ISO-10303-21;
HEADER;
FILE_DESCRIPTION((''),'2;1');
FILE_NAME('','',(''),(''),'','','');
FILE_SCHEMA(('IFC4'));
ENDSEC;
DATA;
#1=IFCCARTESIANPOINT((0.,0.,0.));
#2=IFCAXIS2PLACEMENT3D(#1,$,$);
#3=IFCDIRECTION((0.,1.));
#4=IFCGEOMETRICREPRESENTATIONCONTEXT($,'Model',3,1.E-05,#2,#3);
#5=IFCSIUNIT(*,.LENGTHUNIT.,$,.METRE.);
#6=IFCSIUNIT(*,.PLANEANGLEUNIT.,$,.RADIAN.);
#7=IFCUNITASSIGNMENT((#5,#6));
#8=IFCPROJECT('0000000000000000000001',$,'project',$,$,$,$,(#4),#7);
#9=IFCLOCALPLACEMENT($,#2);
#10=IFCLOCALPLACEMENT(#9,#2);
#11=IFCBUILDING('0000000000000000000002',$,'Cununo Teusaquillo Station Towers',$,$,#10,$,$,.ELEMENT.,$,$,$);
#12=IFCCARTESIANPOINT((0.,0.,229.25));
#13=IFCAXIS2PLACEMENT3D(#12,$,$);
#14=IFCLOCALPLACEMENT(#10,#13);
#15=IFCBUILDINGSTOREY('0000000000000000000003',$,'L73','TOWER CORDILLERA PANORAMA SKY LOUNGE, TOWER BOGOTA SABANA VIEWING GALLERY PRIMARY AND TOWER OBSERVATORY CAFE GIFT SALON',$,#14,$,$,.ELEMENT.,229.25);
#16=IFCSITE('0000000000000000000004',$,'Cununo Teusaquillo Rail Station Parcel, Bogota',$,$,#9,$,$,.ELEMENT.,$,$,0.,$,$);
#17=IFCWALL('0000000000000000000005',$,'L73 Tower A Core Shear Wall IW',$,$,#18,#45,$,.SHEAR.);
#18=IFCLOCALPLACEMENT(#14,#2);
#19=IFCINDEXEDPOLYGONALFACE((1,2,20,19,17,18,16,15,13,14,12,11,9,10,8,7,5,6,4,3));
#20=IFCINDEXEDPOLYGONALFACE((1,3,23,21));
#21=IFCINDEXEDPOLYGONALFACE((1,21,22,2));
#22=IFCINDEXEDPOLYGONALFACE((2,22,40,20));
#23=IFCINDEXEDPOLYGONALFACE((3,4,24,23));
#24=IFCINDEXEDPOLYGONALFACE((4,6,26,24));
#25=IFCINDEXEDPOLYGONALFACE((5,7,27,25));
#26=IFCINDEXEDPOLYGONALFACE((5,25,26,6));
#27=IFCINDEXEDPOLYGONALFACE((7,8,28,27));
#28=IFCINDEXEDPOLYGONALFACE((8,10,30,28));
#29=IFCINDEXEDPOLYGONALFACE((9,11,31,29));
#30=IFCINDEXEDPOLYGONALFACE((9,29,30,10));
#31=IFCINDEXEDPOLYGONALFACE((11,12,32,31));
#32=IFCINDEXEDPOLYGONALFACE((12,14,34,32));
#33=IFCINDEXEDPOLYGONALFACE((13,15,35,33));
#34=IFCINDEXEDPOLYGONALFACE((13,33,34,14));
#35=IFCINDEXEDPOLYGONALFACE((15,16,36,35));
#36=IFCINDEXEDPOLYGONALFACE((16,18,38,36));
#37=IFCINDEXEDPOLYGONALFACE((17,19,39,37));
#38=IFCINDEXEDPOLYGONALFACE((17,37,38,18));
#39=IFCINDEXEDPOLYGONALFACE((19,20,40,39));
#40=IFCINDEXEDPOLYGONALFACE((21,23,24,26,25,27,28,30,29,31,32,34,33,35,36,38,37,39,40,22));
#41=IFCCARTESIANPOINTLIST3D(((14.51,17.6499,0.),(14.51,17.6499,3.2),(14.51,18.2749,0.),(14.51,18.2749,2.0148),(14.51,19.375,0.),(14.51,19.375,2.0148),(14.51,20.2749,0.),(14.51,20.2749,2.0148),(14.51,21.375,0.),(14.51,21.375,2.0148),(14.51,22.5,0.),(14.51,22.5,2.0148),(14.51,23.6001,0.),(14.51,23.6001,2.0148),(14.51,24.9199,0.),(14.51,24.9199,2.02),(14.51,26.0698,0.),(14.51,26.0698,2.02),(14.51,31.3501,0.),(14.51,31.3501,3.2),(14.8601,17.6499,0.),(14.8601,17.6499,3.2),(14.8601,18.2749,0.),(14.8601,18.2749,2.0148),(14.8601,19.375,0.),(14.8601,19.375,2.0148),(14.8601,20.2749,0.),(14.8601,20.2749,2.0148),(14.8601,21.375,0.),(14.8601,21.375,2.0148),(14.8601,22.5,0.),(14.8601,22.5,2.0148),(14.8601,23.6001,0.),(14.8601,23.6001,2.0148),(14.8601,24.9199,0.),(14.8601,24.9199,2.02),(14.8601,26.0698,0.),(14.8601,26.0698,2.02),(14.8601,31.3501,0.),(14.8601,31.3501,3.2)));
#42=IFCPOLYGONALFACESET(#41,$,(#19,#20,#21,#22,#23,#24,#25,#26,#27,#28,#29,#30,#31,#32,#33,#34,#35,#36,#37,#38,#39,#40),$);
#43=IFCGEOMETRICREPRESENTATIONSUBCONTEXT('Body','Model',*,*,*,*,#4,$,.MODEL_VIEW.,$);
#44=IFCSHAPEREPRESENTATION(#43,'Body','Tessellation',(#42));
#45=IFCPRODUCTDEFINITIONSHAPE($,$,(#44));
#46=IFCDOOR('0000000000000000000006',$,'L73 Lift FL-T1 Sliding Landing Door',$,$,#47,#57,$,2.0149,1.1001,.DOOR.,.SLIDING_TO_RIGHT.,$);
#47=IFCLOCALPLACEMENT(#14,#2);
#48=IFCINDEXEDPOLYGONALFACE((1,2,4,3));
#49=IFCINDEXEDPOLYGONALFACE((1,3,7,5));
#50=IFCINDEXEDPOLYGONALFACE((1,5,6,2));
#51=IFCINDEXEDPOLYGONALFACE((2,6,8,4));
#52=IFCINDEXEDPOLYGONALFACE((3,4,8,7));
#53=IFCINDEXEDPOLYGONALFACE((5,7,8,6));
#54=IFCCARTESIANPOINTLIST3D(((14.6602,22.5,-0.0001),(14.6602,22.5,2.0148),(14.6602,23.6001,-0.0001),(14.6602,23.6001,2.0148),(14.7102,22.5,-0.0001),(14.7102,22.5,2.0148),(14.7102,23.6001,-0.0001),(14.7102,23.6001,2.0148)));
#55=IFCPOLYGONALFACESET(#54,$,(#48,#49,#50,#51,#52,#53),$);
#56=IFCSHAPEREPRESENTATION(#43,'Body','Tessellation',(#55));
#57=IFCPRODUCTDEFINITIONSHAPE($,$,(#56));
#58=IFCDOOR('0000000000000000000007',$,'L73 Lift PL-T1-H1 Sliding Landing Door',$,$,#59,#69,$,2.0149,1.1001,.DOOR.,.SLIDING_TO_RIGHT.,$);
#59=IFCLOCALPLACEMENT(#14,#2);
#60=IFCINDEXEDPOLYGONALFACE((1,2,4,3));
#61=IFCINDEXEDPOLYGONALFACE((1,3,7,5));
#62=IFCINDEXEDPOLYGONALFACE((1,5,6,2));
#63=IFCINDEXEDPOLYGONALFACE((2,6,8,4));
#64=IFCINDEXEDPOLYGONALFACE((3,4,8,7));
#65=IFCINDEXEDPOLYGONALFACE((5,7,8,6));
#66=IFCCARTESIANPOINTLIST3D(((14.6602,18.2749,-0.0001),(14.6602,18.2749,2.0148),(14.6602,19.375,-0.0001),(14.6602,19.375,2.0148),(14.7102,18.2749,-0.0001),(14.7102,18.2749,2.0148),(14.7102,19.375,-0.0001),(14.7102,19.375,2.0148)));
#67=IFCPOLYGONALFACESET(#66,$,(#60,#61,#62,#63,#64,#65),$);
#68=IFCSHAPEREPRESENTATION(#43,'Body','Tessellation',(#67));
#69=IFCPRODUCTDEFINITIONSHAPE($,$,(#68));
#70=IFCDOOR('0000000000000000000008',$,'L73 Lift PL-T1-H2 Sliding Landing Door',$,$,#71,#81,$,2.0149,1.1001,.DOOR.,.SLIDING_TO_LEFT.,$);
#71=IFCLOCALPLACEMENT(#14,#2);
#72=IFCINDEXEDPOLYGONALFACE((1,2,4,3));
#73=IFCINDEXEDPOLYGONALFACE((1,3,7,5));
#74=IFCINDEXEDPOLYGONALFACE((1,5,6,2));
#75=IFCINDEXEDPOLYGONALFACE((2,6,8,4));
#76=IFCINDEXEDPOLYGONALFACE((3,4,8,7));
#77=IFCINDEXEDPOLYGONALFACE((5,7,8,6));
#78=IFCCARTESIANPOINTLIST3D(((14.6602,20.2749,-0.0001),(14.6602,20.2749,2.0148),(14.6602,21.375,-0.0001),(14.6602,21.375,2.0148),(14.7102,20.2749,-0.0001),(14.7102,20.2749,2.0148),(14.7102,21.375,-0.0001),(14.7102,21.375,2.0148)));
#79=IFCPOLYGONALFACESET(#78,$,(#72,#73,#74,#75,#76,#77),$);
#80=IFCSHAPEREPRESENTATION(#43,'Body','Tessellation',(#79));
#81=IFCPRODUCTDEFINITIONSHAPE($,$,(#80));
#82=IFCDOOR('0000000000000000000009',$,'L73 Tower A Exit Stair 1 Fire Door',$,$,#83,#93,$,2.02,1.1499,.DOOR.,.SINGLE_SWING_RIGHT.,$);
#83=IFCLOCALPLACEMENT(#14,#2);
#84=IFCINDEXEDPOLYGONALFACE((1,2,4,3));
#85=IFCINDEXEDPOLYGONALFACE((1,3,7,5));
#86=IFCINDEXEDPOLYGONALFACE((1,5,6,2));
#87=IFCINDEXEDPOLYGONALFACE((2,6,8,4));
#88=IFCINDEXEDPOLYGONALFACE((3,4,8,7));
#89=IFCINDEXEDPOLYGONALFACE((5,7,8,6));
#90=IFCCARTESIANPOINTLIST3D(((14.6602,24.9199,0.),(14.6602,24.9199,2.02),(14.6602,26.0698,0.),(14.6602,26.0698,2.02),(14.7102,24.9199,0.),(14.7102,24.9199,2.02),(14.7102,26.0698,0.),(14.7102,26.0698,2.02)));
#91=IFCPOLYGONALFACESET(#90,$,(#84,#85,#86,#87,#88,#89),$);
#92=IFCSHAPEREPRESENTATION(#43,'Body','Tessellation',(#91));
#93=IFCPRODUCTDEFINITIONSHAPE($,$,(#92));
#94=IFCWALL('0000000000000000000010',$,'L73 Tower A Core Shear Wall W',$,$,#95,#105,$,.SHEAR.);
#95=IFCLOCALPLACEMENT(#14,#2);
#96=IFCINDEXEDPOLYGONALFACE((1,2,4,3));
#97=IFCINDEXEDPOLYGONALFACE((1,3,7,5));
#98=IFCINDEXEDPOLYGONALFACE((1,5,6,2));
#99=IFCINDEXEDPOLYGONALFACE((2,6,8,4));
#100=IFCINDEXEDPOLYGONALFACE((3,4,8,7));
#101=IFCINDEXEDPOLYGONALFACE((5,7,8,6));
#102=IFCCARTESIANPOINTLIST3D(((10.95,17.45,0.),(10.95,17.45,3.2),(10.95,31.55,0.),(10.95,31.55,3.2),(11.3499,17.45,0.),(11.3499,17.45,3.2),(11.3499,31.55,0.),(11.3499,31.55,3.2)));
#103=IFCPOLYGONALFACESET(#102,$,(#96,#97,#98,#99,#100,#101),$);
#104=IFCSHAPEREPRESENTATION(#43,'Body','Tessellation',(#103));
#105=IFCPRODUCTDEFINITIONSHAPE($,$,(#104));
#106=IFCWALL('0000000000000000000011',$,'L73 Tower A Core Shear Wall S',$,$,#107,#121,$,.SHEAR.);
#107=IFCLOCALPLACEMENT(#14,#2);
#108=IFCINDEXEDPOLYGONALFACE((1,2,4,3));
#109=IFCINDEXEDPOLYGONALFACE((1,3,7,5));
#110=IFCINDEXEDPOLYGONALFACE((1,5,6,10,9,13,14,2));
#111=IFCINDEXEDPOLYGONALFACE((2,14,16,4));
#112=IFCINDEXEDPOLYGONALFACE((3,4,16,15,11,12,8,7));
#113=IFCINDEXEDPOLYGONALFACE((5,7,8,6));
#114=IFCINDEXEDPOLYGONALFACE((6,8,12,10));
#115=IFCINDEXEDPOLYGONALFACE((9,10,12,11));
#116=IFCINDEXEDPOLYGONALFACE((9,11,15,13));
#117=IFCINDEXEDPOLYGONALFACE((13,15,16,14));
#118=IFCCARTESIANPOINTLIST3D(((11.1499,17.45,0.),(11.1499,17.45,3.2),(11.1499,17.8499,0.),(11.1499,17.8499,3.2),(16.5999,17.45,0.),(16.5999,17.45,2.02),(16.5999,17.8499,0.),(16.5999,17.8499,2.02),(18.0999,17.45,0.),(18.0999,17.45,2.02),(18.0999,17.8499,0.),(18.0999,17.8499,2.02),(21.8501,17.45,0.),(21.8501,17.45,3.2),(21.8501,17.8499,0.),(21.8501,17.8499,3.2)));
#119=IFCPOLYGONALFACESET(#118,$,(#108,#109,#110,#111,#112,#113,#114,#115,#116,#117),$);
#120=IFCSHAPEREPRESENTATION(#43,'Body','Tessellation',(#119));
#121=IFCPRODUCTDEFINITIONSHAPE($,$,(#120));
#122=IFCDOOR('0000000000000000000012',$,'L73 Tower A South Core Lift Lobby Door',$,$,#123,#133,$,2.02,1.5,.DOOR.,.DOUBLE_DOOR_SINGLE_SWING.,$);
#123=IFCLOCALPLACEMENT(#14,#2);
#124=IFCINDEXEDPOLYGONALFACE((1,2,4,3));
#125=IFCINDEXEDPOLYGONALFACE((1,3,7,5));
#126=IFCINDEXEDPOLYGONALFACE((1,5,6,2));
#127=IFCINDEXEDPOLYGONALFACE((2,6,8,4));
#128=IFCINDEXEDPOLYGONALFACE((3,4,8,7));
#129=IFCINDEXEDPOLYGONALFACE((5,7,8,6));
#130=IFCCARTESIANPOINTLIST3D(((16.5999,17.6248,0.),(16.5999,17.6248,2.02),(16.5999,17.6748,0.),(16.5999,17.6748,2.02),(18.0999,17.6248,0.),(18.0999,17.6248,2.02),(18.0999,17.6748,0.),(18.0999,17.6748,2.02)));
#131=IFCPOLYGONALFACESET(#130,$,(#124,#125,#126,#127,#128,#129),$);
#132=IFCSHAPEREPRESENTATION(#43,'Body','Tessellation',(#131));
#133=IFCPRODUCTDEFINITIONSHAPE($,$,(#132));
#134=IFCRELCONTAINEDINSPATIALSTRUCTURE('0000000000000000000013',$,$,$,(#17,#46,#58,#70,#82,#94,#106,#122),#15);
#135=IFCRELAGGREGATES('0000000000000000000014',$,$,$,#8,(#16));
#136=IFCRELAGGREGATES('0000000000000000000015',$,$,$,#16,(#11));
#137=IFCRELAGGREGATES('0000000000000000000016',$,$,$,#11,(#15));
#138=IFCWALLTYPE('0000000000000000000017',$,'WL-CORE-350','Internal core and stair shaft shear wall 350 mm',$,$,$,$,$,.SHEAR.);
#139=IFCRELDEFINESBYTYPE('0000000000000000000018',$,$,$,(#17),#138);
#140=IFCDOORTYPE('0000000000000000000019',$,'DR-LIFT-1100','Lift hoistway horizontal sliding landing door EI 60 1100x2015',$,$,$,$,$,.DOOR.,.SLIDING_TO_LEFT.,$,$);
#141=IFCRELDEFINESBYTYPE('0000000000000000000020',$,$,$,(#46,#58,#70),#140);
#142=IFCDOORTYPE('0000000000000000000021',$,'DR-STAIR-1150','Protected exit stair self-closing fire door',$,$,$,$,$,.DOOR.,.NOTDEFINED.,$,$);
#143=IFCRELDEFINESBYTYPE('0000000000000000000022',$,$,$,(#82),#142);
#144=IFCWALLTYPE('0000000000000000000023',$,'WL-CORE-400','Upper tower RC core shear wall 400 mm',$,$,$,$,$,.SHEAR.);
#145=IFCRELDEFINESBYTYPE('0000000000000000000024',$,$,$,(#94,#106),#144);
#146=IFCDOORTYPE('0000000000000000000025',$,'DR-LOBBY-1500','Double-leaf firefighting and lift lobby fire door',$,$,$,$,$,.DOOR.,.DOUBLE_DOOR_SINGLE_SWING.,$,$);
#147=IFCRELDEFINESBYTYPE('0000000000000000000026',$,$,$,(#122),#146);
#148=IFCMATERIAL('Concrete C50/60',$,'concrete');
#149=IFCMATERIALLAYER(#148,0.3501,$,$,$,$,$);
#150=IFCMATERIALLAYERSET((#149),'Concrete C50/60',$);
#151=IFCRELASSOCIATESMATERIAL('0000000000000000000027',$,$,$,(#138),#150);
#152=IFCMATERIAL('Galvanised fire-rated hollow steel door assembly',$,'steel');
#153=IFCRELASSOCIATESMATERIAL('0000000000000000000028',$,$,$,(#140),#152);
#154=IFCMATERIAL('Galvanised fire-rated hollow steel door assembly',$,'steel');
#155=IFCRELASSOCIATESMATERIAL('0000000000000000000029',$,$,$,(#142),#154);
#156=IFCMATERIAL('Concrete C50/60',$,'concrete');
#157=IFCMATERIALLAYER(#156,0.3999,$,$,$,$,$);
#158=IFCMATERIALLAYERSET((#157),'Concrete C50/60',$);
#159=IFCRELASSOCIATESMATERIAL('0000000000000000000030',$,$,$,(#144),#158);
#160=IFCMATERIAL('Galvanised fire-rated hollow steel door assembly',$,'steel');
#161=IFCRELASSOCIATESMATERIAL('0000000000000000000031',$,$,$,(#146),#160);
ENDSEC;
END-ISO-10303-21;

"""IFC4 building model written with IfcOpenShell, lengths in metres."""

from ifc_helpers import new_model, si_unit, direction, frame, frame_2d, origin, place, context, subcontext, project, spatial, rectangle, extrude, source, transform, mapped, material, layer, layer_set, type_object, element, fill, save


model = new_model("IFC4")

# Units and contexts
model_context = context("Model", 3, precision=1e-05, world=origin(), true_north=direction((0.0, 1.0)))
body_context = subcontext(model_context, "Body", "Model", "MODEL_VIEW")
ifc_project = project(units=[si_unit("LENGTHUNIT", "METRE"), si_unit("PLANEANGLEUNIT", "RADIAN")], contexts=[model_context])

# Site, building, storey
site_placement = place(None, origin())
site = spatial("IfcSite", under=ifc_project, at=site_placement, Name="Cununo Teusaquillo Rail Station Parcel, Bogota", CompositionType="ELEMENT", RefElevation=0.0)
building_placement = place(site_placement, origin())
building = spatial("IfcBuilding", under=site, at=building_placement, Name="Cununo Teusaquillo Station Towers", CompositionType="ELEMENT")
storey_placement = place(building_placement, frame((0.0, 0.0, 229.25)))
storey = spatial("IfcBuildingStorey", under=building, at=storey_placement, Name="L73", Description="TOWER CORDILLERA PANORAMA SKY LOUNGE, TOWER BOGOTA SABANA VIEWING GALLERY PRIMARY AND TOWER OBSERVATORY CAFE GIFT SALON", CompositionType="ELEMENT", Elevation=229.25)

# Wall, openings, doors
ifc_material_1 = material(Name="Concrete C50/60", Category="concrete")
ifc_layer_1 = layer(ifc_material_1, 0.3501)
ifc_layer_set_1 = layer_set([ifc_layer_1], Name="Concrete C50/60")
wall_type_1 = type_object("IfcWallType", Name="WL-CORE-350", Description="Internal core and stair shaft shear wall 350 mm", PredefinedType="SHEAR", material=ifc_layer_set_1)
wall_1_placement = place(storey_placement, frame((14.6851, 17.6499, 0.0), z_axis=(0.0, 0.0, 1.0), x_axis=(0.0, 1.0, 0.0)))
wall_1 = element("IfcWall", 1, at=wall_1_placement, inside=storey, type_object=wall_type_1, Name="L73 Tower A Core Shear Wall IW", PredefinedType="SHEAR", context=body_context, shape_type="SweptSolid", body=[
    extrude(rectangle(XDim=13.7002, YDim=0.3501, at=frame_2d((6.8501, 0.0))), origin(), (0.0, 0.0, 1.0), 3.2),
])
shared_shape_1 = source(origin(), body_context, "Body", "SweptSolid", [
    extrude(rectangle(XDim=1.1001, YDim=2.0149, at=frame_2d((0.55, 1.0073))), frame((0.0, 0.1851, 0.0), z_axis=(0.0, -1.0, 0.0), x_axis=(1.0, 0.0, 0.0)), (0.0, 0.0, 1.0), 0.3701),
])
opening_1_placement = place(wall_1_placement, frame((4.8501, 0.0, 0.0)))
opening_1 = element("IfcOpeningElement", 2, at=opening_1_placement, cuts=wall_1, PredefinedType="OPENING", context=body_context, shape_type="MappedRepresentation", body=[
    mapped(shared_shape_1, transform((0.0, 0.0, 0.0), x_axis=(1.0, 0.0, 0.0), y_axis=(0.0, 1.0, 0.0), z_axis=(0.0, 0.0, 1.0), scale=1.0)),
])
opening_2_placement = place(wall_1_placement, frame((0.625, 0.0, 0.0)))
opening_2 = element("IfcOpeningElement", 3, at=opening_2_placement, cuts=wall_1, PredefinedType="OPENING", context=body_context, shape_type="MappedRepresentation", body=[
    mapped(shared_shape_1, transform((0.0, 0.0, 0.0), x_axis=(1.0, 0.0, 0.0), y_axis=(0.0, 1.0, 0.0), z_axis=(0.0, 0.0, 1.0), scale=1.0)),
])
opening_3_placement = place(wall_1_placement, frame((2.625, 0.0, 0.0)))
opening_3 = element("IfcOpeningElement", 4, at=opening_3_placement, cuts=wall_1, PredefinedType="OPENING", context=body_context, shape_type="MappedRepresentation", body=[
    mapped(shared_shape_1, transform((0.0, 0.0, 0.0), x_axis=(1.0, 0.0, 0.0), y_axis=(0.0, 1.0, 0.0), z_axis=(0.0, 0.0, 1.0), scale=1.0)),
])
shared_shape_2 = source(origin(), body_context, "Body", "SweptSolid", [
    extrude(rectangle(XDim=1.1499, YDim=2.02, at=frame_2d((0.575, 1.01))), frame((0.0, 0.1851, 0.0), z_axis=(0.0, -1.0, 0.0), x_axis=(1.0, 0.0, 0.0)), (0.0, 0.0, 1.0), 0.3701),
])
opening_4_placement = place(wall_1_placement, frame((7.27, 0.0, 0.0)))
opening_4 = element("IfcOpeningElement", 5, at=opening_4_placement, cuts=wall_1, PredefinedType="OPENING", context=body_context, shape_type="MappedRepresentation", body=[
    mapped(shared_shape_2, transform((0.0, 0.0, 0.0), x_axis=(1.0, 0.0, 0.0), y_axis=(0.0, 1.0, 0.0), z_axis=(0.0, 0.0, 1.0), scale=1.0)),
])
ifc_material_2 = material(Name="Galvanised fire-rated hollow steel door assembly", Category="steel")
door_type_1 = type_object("IfcDoorType", Name="DR-LIFT-1100", Description="Lift hoistway horizontal sliding landing door EI 60 1100x2015", OperationType="SLIDING_TO_LEFT", PredefinedType="DOOR", material=ifc_material_2)
shared_shape_3 = source(origin(), body_context, "Body", "SweptSolid", [
    extrude(rectangle(XDim=1.1001, YDim=2.0149, at=frame_2d((0.55, 1.0073))), frame((0.0, 0.0249, 0.0), z_axis=(0.0, -1.0, 0.0), x_axis=(1.0, 0.0, 0.0)), (0.0, 0.0, 1.0), 0.05),
])
door_1_placement = place(opening_1_placement, origin())
door_1 = element("IfcDoor", 6, at=door_1_placement, inside=storey, type_object=door_type_1, Name="L73 Lift FL-T1 Sliding Landing Door", OperationType="SLIDING_TO_RIGHT", OverallHeight=2.0149, OverallWidth=1.1001, PredefinedType="DOOR", context=body_context, shape_type="MappedRepresentation", body=[
    mapped(shared_shape_3, transform((0.0, 0.0, 0.0), x_axis=(1.0, 0.0, 0.0), y_axis=(0.0, 1.0, 0.0), z_axis=(0.0, 0.0, 1.0), scale=1.0)),
])
fill(opening_1, door_1)
door_2_placement = place(opening_2_placement, origin())
door_2 = element("IfcDoor", 7, at=door_2_placement, inside=storey, type_object=door_type_1, Name="L73 Lift PL-T1-H1 Sliding Landing Door", OperationType="SLIDING_TO_RIGHT", OverallHeight=2.0149, OverallWidth=1.1001, PredefinedType="DOOR", context=body_context, shape_type="MappedRepresentation", body=[
    mapped(shared_shape_3, transform((0.0, 0.0, 0.0), x_axis=(1.0, 0.0, 0.0), y_axis=(0.0, 1.0, 0.0), z_axis=(0.0, 0.0, 1.0), scale=1.0)),
])
fill(opening_2, door_2)
door_3_placement = place(opening_3_placement, origin())
door_3 = element("IfcDoor", 8, at=door_3_placement, inside=storey, type_object=door_type_1, Name="L73 Lift PL-T1-H2 Sliding Landing Door", OperationType="SLIDING_TO_LEFT", OverallHeight=2.0149, OverallWidth=1.1001, PredefinedType="DOOR", context=body_context, shape_type="MappedRepresentation", body=[
    mapped(shared_shape_3, transform((0.0, 0.0, 0.0), x_axis=(1.0, 0.0, 0.0), y_axis=(0.0, 1.0, 0.0), z_axis=(0.0, 0.0, 1.0), scale=1.0)),
])
fill(opening_3, door_3)
ifc_material_3 = material(Name="Galvanised fire-rated hollow steel door assembly", Category="steel")
door_type_2 = type_object("IfcDoorType", Name="DR-STAIR-1150", Description="Protected exit stair self-closing fire door", OperationType="NOTDEFINED", PredefinedType="DOOR", material=ifc_material_3)
shared_shape_4 = source(origin(), body_context, "Body", "SweptSolid", [
    extrude(rectangle(XDim=1.1499, YDim=2.02, at=frame_2d((0.575, 1.01))), frame((0.0, 0.0249, 0.0), z_axis=(0.0, -1.0, 0.0), x_axis=(1.0, 0.0, 0.0)), (0.0, 0.0, 1.0), 0.05),
])
door_4_placement = place(opening_4_placement, origin())
door_4 = element("IfcDoor", 9, at=door_4_placement, inside=storey, type_object=door_type_2, Name="L73 Tower A Exit Stair 1 Fire Door", OperationType="SINGLE_SWING_RIGHT", OverallHeight=2.02, OverallWidth=1.1499, PredefinedType="DOOR", context=body_context, shape_type="MappedRepresentation", body=[
    mapped(shared_shape_4, transform((0.0, 0.0, 0.0), x_axis=(1.0, 0.0, 0.0), y_axis=(0.0, 1.0, 0.0), z_axis=(0.0, 0.0, 1.0), scale=1.0)),
])
fill(opening_4, door_4)

# Wall
ifc_material_4 = material(Name="Concrete C50/60", Category="concrete")
ifc_layer_2 = layer(ifc_material_4, 0.3999)
ifc_layer_set_2 = layer_set([ifc_layer_2], Name="Concrete C50/60")
wall_type_2 = type_object("IfcWallType", Name="WL-CORE-400", Description="Upper tower RC core shear wall 400 mm", PredefinedType="SHEAR", material=ifc_layer_set_2)
wall_2_placement = place(storey_placement, frame((11.1499, 17.45, 0.0), z_axis=(0.0, 0.0, 1.0), x_axis=(0.0, 1.0, 0.0)))
element("IfcWall", 10, at=wall_2_placement, inside=storey, type_object=wall_type_2, Name="L73 Tower A Core Shear Wall W", PredefinedType="SHEAR", context=body_context, shape_type="SweptSolid", body=[
    extrude(rectangle(XDim=14.1001, YDim=0.3999, at=frame_2d((7.05, 0.0))), origin(), (0.0, 0.0, 1.0), 3.2),
])

# Wall, opening, door
wall_3_placement = place(storey_placement, frame((11.1499, 17.6499, 0.0), z_axis=(0.0, 0.0, 1.0), x_axis=(1.0, 0.0, 0.0)))
wall_3 = element("IfcWall", 11, at=wall_3_placement, inside=storey, type_object=wall_type_2, Name="L73 Tower A Core Shear Wall S", PredefinedType="SHEAR", context=body_context, shape_type="SweptSolid", body=[
    extrude(rectangle(XDim=10.7002, YDim=0.3999, at=frame_2d((5.3501, 0.0))), origin(), (0.0, 0.0, 1.0), 3.2),
])
shared_shape_5 = source(origin(), body_context, "Body", "SweptSolid", [
    extrude(rectangle(XDim=1.5, YDim=2.02, at=frame_2d((0.75, 1.01))), frame((0.0, 0.21, 0.0), z_axis=(0.0, -1.0, 0.0), x_axis=(1.0, 0.0, 0.0)), (0.0, 0.0, 1.0), 0.4199),
])
opening_5_placement = place(wall_3_placement, frame((5.45, 0.0, 0.0)))
opening_5 = element("IfcOpeningElement", 12, at=opening_5_placement, cuts=wall_3, PredefinedType="OPENING", context=body_context, shape_type="MappedRepresentation", body=[
    mapped(shared_shape_5, transform((0.0, 0.0, 0.0), x_axis=(1.0, 0.0, 0.0), y_axis=(0.0, 1.0, 0.0), z_axis=(0.0, 0.0, 1.0), scale=1.0)),
])
ifc_material_5 = material(Name="Galvanised fire-rated hollow steel door assembly", Category="steel")
door_type_3 = type_object("IfcDoorType", Name="DR-LOBBY-1500", Description="Double-leaf firefighting and lift lobby fire door", OperationType="DOUBLE_DOOR_SINGLE_SWING", PredefinedType="DOOR", material=ifc_material_5)
shared_shape_6 = source(origin(), body_context, "Body", "SweptSolid", [
    extrude(rectangle(XDim=1.5, YDim=2.02, at=frame_2d((0.75, 1.01))), frame((0.0, 0.0249, 0.0), z_axis=(0.0, -1.0, 0.0), x_axis=(1.0, 0.0, 0.0)), (0.0, 0.0, 1.0), 0.05),
])
door_5_placement = place(opening_5_placement, origin())
door_5 = element("IfcDoor", 13, at=door_5_placement, inside=storey, type_object=door_type_3, Name="L73 Tower A South Core Lift Lobby Door", OperationType="DOUBLE_DOOR_SINGLE_SWING", OverallHeight=2.02, OverallWidth=1.5, PredefinedType="DOOR", context=body_context, shape_type="MappedRepresentation", body=[
    mapped(shared_shape_6, transform((0.0, 0.0, 0.0), x_axis=(1.0, 0.0, 0.0), y_axis=(0.0, 1.0, 0.0), z_axis=(0.0, 0.0, 1.0), scale=1.0)),
])
fill(opening_5, door_5)

save(model, "model.ifc")
